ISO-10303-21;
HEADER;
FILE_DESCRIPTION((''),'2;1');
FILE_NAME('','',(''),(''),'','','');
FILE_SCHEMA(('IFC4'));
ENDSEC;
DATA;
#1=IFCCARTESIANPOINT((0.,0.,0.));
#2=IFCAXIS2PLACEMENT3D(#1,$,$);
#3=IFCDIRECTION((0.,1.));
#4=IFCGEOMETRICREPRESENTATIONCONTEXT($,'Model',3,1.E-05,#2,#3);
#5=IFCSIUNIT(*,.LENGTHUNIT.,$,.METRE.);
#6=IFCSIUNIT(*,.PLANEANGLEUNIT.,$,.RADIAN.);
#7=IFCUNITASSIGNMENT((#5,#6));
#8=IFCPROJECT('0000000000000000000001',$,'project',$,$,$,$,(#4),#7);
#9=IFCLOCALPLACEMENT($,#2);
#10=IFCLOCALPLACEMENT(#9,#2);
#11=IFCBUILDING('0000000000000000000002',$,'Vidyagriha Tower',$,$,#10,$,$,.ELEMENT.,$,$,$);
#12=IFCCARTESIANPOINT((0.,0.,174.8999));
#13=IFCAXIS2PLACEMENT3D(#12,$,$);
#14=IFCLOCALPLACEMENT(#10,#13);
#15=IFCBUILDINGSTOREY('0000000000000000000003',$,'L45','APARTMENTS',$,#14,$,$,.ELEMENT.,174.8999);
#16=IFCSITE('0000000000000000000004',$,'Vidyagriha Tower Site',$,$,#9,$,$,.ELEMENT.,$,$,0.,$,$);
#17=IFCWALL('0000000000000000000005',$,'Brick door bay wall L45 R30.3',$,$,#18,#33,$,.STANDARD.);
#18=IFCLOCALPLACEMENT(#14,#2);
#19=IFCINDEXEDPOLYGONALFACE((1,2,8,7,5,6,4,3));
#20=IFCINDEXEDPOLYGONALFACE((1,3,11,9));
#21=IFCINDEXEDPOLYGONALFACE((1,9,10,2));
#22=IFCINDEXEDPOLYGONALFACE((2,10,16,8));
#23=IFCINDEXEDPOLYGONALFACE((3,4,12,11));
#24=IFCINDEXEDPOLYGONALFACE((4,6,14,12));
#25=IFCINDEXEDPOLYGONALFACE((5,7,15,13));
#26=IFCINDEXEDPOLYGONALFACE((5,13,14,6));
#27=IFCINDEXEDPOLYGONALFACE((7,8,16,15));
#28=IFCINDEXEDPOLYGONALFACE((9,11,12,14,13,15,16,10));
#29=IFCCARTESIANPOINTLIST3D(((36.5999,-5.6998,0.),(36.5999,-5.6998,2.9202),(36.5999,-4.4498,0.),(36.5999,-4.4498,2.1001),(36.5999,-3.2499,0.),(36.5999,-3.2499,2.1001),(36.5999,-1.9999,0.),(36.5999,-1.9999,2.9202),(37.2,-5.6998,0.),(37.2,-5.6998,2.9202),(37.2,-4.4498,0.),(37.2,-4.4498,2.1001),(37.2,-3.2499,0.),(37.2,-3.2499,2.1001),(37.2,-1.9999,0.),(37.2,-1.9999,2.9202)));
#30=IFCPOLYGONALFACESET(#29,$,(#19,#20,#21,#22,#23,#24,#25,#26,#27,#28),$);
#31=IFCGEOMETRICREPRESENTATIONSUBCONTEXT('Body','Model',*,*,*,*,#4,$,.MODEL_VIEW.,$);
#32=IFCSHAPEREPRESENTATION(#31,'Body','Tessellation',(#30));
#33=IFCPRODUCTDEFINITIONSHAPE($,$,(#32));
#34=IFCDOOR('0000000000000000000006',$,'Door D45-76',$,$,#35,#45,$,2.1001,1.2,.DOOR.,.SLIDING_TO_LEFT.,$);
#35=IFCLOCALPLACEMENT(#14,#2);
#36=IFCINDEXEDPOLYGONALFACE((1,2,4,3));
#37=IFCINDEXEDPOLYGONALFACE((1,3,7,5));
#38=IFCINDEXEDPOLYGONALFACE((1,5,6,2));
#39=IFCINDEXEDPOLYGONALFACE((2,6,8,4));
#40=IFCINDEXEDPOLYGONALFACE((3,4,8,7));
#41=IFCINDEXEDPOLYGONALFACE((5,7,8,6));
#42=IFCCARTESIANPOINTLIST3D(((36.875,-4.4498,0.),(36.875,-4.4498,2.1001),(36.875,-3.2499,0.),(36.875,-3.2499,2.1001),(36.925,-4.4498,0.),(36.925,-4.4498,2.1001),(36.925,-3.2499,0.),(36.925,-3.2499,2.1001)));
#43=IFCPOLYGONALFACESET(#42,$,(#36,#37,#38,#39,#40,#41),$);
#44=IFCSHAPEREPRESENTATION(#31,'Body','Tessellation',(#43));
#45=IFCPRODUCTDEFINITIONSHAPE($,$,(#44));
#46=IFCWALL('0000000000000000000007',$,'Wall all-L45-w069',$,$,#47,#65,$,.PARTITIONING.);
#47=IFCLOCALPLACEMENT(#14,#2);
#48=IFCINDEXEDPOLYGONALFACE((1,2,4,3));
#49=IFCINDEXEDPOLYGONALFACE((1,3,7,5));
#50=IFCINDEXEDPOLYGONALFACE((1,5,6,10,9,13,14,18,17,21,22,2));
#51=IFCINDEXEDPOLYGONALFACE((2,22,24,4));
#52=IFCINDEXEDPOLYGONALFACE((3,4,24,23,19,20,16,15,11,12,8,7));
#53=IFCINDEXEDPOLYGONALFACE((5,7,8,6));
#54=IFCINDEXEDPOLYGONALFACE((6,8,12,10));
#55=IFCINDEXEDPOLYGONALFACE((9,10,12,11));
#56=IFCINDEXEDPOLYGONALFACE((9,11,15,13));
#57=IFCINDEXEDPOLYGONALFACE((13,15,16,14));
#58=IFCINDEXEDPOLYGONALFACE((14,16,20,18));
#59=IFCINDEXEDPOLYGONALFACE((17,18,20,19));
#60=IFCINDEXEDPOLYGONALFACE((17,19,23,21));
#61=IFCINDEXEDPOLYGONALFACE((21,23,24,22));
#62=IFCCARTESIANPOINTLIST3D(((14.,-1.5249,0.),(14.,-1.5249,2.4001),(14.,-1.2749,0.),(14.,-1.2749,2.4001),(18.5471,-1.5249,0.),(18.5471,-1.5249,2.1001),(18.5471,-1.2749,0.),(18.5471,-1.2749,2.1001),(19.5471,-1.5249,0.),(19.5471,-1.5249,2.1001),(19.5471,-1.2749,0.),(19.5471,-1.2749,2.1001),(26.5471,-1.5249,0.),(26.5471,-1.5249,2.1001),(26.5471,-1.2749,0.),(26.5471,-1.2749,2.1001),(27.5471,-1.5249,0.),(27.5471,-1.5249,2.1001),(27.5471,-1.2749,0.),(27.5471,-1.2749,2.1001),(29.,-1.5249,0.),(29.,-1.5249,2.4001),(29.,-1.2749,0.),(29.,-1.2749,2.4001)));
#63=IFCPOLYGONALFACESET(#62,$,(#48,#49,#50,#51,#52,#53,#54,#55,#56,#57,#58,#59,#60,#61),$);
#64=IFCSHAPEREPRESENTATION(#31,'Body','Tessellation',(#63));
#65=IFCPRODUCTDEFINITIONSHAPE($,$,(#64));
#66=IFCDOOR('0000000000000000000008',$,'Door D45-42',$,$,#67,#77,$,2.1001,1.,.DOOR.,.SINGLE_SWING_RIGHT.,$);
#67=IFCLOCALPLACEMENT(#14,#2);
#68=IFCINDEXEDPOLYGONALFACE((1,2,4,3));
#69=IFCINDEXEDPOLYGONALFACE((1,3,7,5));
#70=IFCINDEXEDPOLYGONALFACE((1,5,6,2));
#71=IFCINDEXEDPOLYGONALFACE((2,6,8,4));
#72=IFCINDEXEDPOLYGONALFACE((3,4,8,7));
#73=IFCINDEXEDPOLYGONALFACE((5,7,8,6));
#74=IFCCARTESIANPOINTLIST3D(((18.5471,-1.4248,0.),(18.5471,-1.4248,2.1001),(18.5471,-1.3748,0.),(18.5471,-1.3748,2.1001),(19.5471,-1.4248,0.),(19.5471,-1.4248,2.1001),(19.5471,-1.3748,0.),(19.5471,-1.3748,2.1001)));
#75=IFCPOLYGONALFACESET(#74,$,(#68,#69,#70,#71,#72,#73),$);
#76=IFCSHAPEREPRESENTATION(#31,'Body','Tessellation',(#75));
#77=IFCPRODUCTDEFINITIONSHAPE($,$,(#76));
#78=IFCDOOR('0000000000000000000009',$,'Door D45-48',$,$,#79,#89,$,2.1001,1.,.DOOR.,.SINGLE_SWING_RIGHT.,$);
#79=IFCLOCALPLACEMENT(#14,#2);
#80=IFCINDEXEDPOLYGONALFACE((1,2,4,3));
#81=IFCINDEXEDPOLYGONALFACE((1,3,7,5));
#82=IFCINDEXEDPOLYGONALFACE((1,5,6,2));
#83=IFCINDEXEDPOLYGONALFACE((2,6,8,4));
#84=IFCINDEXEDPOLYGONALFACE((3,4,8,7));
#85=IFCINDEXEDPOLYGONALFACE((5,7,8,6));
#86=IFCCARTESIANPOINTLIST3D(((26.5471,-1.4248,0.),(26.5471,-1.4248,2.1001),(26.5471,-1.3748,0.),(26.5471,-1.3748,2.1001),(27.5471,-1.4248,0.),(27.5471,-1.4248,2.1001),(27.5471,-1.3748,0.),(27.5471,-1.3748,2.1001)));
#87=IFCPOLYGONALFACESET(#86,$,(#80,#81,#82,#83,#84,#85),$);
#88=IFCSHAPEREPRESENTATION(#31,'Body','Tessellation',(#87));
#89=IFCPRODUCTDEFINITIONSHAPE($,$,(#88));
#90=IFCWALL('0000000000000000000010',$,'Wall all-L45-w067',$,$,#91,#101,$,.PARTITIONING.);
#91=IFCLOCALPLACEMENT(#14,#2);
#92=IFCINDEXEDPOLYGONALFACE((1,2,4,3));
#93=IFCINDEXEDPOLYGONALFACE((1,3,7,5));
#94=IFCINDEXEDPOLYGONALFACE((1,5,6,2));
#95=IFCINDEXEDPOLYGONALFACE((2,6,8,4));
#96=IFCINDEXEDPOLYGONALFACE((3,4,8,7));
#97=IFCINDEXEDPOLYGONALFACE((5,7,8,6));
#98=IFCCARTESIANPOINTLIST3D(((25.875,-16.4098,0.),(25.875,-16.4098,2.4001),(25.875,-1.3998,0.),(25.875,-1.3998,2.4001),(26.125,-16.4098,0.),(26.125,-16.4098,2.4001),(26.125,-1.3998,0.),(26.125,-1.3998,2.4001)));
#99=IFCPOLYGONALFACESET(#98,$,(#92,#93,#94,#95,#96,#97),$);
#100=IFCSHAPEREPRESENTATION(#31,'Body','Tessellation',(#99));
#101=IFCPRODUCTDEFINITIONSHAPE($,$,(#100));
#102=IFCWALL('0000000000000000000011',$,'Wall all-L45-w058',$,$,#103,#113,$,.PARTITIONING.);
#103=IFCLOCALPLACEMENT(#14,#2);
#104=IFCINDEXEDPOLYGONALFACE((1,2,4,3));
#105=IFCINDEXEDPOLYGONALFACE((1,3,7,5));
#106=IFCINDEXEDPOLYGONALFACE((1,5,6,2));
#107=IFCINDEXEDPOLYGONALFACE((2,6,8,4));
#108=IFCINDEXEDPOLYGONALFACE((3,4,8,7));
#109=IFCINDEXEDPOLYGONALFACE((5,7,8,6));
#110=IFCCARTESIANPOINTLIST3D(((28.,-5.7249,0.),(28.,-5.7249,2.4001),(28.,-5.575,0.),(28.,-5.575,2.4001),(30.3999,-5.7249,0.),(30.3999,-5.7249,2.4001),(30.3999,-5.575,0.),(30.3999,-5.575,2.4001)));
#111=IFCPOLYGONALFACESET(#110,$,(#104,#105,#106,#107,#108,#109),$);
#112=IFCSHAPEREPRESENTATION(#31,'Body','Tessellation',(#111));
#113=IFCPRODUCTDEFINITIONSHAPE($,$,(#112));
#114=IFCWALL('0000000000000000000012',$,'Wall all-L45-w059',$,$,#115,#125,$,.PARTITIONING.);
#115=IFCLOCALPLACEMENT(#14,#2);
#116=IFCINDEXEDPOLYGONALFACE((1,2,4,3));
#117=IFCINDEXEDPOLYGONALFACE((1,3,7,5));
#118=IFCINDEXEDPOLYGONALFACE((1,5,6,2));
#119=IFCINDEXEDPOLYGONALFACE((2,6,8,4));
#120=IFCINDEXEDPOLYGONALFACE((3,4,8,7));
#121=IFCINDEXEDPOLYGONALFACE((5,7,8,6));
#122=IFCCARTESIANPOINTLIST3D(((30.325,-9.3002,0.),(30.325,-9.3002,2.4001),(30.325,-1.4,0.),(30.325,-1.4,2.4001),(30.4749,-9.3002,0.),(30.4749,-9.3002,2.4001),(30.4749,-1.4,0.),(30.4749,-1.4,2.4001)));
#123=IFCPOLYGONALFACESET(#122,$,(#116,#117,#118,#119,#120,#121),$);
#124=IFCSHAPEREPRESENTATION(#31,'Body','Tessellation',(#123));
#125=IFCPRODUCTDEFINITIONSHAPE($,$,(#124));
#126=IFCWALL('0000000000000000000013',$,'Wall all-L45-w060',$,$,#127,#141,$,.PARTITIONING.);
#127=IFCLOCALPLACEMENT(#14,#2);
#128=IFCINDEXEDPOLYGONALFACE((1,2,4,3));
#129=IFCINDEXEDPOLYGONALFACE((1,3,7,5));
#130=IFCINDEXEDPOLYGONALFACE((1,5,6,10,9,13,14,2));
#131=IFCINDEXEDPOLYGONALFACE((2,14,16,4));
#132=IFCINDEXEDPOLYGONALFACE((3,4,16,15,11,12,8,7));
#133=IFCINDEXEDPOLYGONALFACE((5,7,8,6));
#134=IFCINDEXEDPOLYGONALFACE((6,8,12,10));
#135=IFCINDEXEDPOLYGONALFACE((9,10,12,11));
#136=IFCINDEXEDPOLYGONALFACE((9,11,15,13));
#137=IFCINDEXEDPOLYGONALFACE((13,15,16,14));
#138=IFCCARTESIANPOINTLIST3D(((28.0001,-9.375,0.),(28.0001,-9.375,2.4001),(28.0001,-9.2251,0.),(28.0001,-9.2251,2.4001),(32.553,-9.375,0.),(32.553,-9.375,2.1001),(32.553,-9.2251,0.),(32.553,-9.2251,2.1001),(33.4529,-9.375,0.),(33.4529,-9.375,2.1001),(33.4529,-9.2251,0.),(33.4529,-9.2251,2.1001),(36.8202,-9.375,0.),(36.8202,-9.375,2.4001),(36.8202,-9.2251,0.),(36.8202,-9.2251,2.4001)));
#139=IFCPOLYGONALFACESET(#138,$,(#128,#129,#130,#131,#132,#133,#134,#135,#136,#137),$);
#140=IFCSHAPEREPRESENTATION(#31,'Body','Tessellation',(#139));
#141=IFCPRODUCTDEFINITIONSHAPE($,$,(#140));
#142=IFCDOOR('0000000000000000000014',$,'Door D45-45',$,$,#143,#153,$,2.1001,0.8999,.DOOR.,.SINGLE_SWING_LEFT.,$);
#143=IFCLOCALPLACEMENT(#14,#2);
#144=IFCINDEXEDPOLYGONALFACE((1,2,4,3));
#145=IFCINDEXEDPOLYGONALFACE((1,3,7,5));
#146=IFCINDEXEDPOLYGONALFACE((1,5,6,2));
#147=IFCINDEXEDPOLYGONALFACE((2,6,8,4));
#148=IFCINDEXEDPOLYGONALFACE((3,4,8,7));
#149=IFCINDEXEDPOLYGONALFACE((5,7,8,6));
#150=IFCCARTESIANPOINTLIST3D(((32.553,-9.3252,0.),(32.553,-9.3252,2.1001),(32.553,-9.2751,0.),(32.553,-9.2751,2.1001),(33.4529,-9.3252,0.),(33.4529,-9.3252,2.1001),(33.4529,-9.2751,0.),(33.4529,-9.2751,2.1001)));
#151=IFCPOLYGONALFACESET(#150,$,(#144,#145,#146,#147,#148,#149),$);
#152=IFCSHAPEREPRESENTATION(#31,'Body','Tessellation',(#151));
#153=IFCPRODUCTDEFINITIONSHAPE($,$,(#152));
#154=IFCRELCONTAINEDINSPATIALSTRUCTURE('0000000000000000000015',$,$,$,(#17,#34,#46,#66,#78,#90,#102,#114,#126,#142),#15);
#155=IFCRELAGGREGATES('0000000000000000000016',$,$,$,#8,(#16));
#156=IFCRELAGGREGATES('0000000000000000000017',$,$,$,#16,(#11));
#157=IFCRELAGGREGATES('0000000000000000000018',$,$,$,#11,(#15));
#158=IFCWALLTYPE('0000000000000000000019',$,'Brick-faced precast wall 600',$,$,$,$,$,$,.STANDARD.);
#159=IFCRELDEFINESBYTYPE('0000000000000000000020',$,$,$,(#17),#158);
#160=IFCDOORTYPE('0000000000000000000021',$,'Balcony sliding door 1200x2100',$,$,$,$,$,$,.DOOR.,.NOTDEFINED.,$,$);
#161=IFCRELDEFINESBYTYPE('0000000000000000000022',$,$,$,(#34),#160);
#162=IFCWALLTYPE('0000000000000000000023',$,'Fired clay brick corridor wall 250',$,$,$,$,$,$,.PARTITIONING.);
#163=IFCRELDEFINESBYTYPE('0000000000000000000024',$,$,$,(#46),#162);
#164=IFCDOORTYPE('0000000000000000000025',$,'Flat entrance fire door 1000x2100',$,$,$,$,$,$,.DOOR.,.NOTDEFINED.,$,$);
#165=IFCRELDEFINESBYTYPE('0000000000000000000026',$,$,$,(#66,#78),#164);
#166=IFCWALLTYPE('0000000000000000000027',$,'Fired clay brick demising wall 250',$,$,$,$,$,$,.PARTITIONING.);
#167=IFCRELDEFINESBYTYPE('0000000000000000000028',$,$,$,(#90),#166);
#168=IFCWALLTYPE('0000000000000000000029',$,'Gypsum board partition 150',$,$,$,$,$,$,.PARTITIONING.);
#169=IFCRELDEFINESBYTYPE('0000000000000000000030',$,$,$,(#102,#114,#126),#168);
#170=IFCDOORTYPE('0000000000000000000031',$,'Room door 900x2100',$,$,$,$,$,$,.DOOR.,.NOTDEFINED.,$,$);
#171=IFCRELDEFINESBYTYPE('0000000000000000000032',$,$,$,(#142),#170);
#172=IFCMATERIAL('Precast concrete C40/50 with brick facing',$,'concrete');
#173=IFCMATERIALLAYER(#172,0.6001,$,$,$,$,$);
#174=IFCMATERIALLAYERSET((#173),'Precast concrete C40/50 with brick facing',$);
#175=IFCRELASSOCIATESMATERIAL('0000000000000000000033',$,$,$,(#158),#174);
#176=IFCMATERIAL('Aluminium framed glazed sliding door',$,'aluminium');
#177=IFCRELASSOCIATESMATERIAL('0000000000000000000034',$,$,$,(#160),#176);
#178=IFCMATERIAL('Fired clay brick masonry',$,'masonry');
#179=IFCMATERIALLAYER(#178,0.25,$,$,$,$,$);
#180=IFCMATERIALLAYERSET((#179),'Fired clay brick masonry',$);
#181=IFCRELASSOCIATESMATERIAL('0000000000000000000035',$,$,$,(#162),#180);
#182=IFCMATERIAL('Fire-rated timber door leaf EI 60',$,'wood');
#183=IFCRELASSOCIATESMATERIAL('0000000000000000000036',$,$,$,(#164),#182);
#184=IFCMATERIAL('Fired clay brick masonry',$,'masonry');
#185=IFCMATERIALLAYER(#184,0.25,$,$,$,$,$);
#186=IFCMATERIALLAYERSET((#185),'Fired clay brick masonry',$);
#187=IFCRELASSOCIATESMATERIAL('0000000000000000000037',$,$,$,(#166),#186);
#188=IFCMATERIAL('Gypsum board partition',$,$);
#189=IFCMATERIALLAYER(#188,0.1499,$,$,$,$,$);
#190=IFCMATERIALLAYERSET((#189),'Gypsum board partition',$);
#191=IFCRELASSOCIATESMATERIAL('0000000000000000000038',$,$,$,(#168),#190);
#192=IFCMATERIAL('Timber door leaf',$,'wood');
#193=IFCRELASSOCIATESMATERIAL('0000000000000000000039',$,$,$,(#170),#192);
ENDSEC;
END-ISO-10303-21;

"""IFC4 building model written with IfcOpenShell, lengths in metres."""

from ifc_helpers import new_model, si_unit, direction, frame, frame_2d, origin, place, context, subcontext, project, spatial, rectangle, extrude, material, layer, layer_set, type_object, element, fill, save


model = new_model("IFC4")

# Units and contexts
model_context = context("Model", 3, precision=1e-05, world=origin(), true_north=direction((0.0, 1.0)))
body_context = subcontext(model_context, "Body", "Model", "MODEL_VIEW")
ifc_project = project(units=[si_unit("LENGTHUNIT", "METRE"), si_unit("PLANEANGLEUNIT", "RADIAN")], contexts=[model_context])

# Site, building, storey
site_placement = place(None, origin())
site = spatial("IfcSite", under=ifc_project, at=site_placement, Name="Vidyagriha Tower Site", CompositionType="ELEMENT", RefElevation=0.0)
building_placement = place(site_placement, origin())
building = spatial("IfcBuilding", under=site, at=building_placement, Name="Vidyagriha Tower", CompositionType="ELEMENT")
storey_placement = place(building_placement, frame((0.0, 0.0, 174.8999)))
storey = spatial("IfcBuildingStorey", under=building, at=storey_placement, Name="L45", Description="APARTMENTS", CompositionType="ELEMENT", Elevation=174.8999)

# Wall, opening, door
ifc_material_1 = material(Name="Precast concrete C40/50 with brick facing", Category="concrete")
ifc_layer_1 = layer(ifc_material_1, 0.6001)
ifc_layer_set_1 = layer_set([ifc_layer_1], Name="Precast concrete C40/50 with brick facing")
wall_type_1 = type_object("IfcWallType", Name="Brick-faced precast wall 600", PredefinedType="STANDARD", material=ifc_layer_set_1)
wall_1_placement = place(storey_placement, frame((36.8999, -5.7, 0.0), z_axis=(0.0, 0.0, 1.0), x_axis=(0.0, 1.0, 0.0)))
wall_1 = element("IfcWall", 1, at=wall_1_placement, inside=storey, type_object=wall_type_1, Name="Brick door bay wall L45 R30.3", PredefinedType="STANDARD", context=body_context, shape_type="SweptSolid", body=[
    extrude(rectangle(XDim=3.7, YDim=0.6001, at=frame_2d((1.8501, 0.0))), origin(), (0.0, 0.0, 1.0), 2.9202),
])
opening_1_placement = place(wall_1_placement, frame((1.25, 0.0, 0.0)))
opening_1 = element("IfcOpeningElement", 2, at=opening_1_placement, cuts=wall_1, PredefinedType="OPENING", context=body_context, shape_type="SweptSolid", body=[
    extrude(rectangle(XDim=1.2, YDim=2.1001, at=frame_2d((0.6001, 1.05))), frame((0.0, 0.3101, 0.0), z_axis=(0.0, -1.0, 0.0), x_axis=(1.0, 0.0, 0.0)), (0.0, 0.0, 1.0), 0.6201),
])
ifc_material_2 = material(Name="Aluminium framed glazed sliding door", Category="aluminium")
door_type_1 = type_object("IfcDoorType", Name="Balcony sliding door 1200x2100", OperationType="NOTDEFINED", PredefinedType="DOOR", material=ifc_material_2)
door_1_placement = place(opening_1_placement, origin())
door_1 = element("IfcDoor", 3, at=door_1_placement, inside=storey, type_object=door_type_1, Name="Door D45-76", OperationType="SLIDING_TO_LEFT", OverallHeight=2.1001, OverallWidth=1.2, PredefinedType="DOOR", context=body_context, shape_type="SweptSolid", body=[
    extrude(rectangle(XDim=1.2, YDim=2.1001, at=frame_2d((0.6001, 1.05))), frame((0.0, 0.0249, 0.0), z_axis=(0.0, -1.0, 0.0), x_axis=(1.0, 0.0, 0.0)), (0.0, 0.0, 1.0), 0.05),
])
fill(opening_1, door_1)

# Wall, openings, doors
ifc_material_3 = material(Name="Fired clay brick masonry", Category="masonry")
ifc_layer_2 = layer(ifc_material_3, 0.25)
ifc_layer_set_2 = layer_set([ifc_layer_2], Name="Fired clay brick masonry")
wall_type_2 = type_object("IfcWallType", Name="Fired clay brick corridor wall 250", PredefinedType="PARTITIONING", material=ifc_layer_set_2)
wall_2_placement = place(storey_placement, frame((29.0, -1.3999, 0.0), z_axis=(0.0, 0.0, 1.0), x_axis=(-1.0, 0.0, 0.0)))
wall_2 = element("IfcWall", 4, at=wall_2_placement, inside=storey, type_object=wall_type_2, Name="Wall all-L45-w069", PredefinedType="PARTITIONING", context=body_context, shape_type="SweptSolid", body=[
    extrude(rectangle(XDim=15.0, YDim=0.25, at=frame_2d((7.5, 0.0))), origin(), (0.0, 0.0, 1.0), 2.4001),
])
opening_2_placement = place(wall_2_placement, frame((9.4529, 0.0, 0.0)))
opening_2 = element("IfcOpeningElement", 5, at=opening_2_placement, cuts=wall_2, PredefinedType="OPENING", context=body_context, shape_type="SweptSolid", body=[
    extrude(rectangle(XDim=1.0, YDim=2.1001, at=frame_2d((0.5, 1.05))), frame((0.0, 0.135, 0.0), z_axis=(0.0, -1.0, 0.0), x_axis=(1.0, 0.0, 0.0)), (0.0, 0.0, 1.0), 0.27),
])
opening_3_placement = place(wall_2_placement, frame((1.4529, 0.0, 0.0)))
opening_3 = element("IfcOpeningElement", 6, at=opening_3_placement, cuts=wall_2, PredefinedType="OPENING", context=body_context, shape_type="SweptSolid", body=[
    extrude(rectangle(XDim=1.0, YDim=2.1001, at=frame_2d((0.5, 1.05))), frame((0.0, 0.135, 0.0), z_axis=(0.0, -1.0, 0.0), x_axis=(1.0, 0.0, 0.0)), (0.0, 0.0, 1.0), 0.27),
])
ifc_material_4 = material(Name="Fire-rated timber door leaf EI 60", Category="wood")
door_type_2 = type_object("IfcDoorType", Name="Flat entrance fire door 1000x2100", OperationType="NOTDEFINED", PredefinedType="DOOR", material=ifc_material_4)
door_2_placement = place(opening_2_placement, origin())
door_2 = element("IfcDoor", 7, at=door_2_placement, inside=storey, type_object=door_type_2, Name="Door D45-42", OperationType="SINGLE_SWING_RIGHT", OverallHeight=2.1001, OverallWidth=1.0, PredefinedType="DOOR", context=body_context, shape_type="SweptSolid", body=[
    extrude(rectangle(XDim=1.0, YDim=2.1001, at=frame_2d((0.5, 1.05))), frame((0.0, 0.0249, 0.0), z_axis=(0.0, -1.0, 0.0), x_axis=(1.0, 0.0, 0.0)), (0.0, 0.0, 1.0), 0.05),
])
fill(opening_2, door_2)
door_3_placement = place(opening_3_placement, origin())
door_3 = element("IfcDoor", 8, at=door_3_placement, inside=storey, type_object=door_type_2, Name="Door D45-48", OperationType="SINGLE_SWING_RIGHT", OverallHeight=2.1001, OverallWidth=1.0, PredefinedType="DOOR", context=body_context, shape_type="SweptSolid", body=[
    extrude(rectangle(XDim=1.0, YDim=2.1001, at=frame_2d((0.5, 1.05))), frame((0.0, 0.0249, 0.0), z_axis=(0.0, -1.0, 0.0), x_axis=(1.0, 0.0, 0.0)), (0.0, 0.0, 1.0), 0.05),
])
fill(opening_3, door_3)

# Walls
ifc_material_5 = material(Name="Fired clay brick masonry", Category="masonry")
ifc_layer_3 = layer(ifc_material_5, 0.25)
ifc_layer_set_3 = layer_set([ifc_layer_3], Name="Fired clay brick masonry")
wall_type_3 = type_object("IfcWallType", Name="Fired clay brick demising wall 250", PredefinedType="PARTITIONING", material=ifc_layer_set_3)
wall_3_placement = place(storey_placement, frame((26.0, -1.3999, 0.0), z_axis=(0.0, 0.0, 1.0), x_axis=(0.0, -1.0, 0.0)))
element("IfcWall", 9, at=wall_3_placement, inside=storey, type_object=wall_type_3, Name="Wall all-L45-w067", PredefinedType="PARTITIONING", context=body_context, shape_type="SweptSolid", body=[
    extrude(rectangle(XDim=15.01, YDim=0.25, at=frame_2d((7.5049, 0.0))), origin(), (0.0, 0.0, 1.0), 2.4001),
])
ifc_material_6 = material(Name="Gypsum board partition")
ifc_layer_4 = layer(ifc_material_6, 0.1499)
ifc_layer_set_4 = layer_set([ifc_layer_4], Name="Gypsum board partition")
wall_type_4 = type_object("IfcWallType", Name="Gypsum board partition 150", PredefinedType="PARTITIONING", material=ifc_layer_set_4)
wall_4_placement = place(storey_placement, frame((30.3999, -5.6499, 0.0), z_axis=(0.0, 0.0, 1.0), x_axis=(-1.0, 0.0, 0.0)))
element("IfcWall", 10, at=wall_4_placement, inside=storey, type_object=wall_type_4, Name="Wall all-L45-w058", PredefinedType="PARTITIONING", context=body_context, shape_type="SweptSolid", body=[
    extrude(rectangle(XDim=2.3999, YDim=0.1499, at=frame_2d((1.2, 0.0))), origin(), (0.0, 0.0, 1.0), 2.4001),
])
wall_5_placement = place(storey_placement, frame((30.3999, -1.3999, 0.0), z_axis=(0.0, 0.0, 1.0), x_axis=(0.0, -1.0, 0.0)))
element("IfcWall", 11, at=wall_5_placement, inside=storey, type_object=wall_type_4, Name="Wall all-L45-w059", PredefinedType="PARTITIONING", context=body_context, shape_type="SweptSolid", body=[
    extrude(rectangle(XDim=7.9001, YDim=0.1499, at=frame_2d((3.9502, 0.0))), origin(), (0.0, 0.0, 1.0), 2.4001),
])

# Wall, opening, door
wall_6_placement = place(storey_placement, frame((28.0, -9.3, 0.0)))
wall_6 = element("IfcWall", 12, at=wall_6_placement, inside=storey, type_object=wall_type_4, Name="Wall all-L45-w060", PredefinedType="PARTITIONING", context=body_context, shape_type="SweptSolid", body=[
    extrude(rectangle(XDim=8.8201, YDim=0.1499, at=frame_2d((4.4102, 0.0))), origin(), (0.0, 0.0, 1.0), 2.4001),
])
opening_4_placement = place(wall_6_placement, frame((4.553, 0.0, 0.0)))
opening_4 = element("IfcOpeningElement", 13, at=opening_4_placement, cuts=wall_6, PredefinedType="OPENING", context=body_context, shape_type="SweptSolid", body=[
    extrude(rectangle(XDim=0.8999, YDim=2.1001, at=frame_2d((0.45, 1.05))), frame((0.0, 0.085, 0.0), z_axis=(0.0, -1.0, 0.0), x_axis=(1.0, 0.0, 0.0)), (0.0, 0.0, 1.0), 0.1699),
])
ifc_material_7 = material(Name="Timber door leaf", Category="wood")
door_type_3 = type_object("IfcDoorType", Name="Room door 900x2100", OperationType="NOTDEFINED", PredefinedType="DOOR", material=ifc_material_7)
door_4_placement = place(opening_4_placement, origin())
door_4 = element("IfcDoor", 14, at=door_4_placement, inside=storey, type_object=door_type_3, Name="Door D45-45", OperationType="SINGLE_SWING_LEFT", OverallHeight=2.1001, OverallWidth=0.8999, PredefinedType="DOOR", context=body_context, shape_type="SweptSolid", body=[
    extrude(rectangle(XDim=0.8999, YDim=2.1001, at=frame_2d((0.45, 1.05))), frame((0.0, 0.0249, 0.0), z_axis=(0.0, -1.0, 0.0), x_axis=(1.0, 0.0, 0.0)), (0.0, 0.0, 1.0), 0.05),
])
fill(opening_4, door_4)

save(model, "model.ifc")
